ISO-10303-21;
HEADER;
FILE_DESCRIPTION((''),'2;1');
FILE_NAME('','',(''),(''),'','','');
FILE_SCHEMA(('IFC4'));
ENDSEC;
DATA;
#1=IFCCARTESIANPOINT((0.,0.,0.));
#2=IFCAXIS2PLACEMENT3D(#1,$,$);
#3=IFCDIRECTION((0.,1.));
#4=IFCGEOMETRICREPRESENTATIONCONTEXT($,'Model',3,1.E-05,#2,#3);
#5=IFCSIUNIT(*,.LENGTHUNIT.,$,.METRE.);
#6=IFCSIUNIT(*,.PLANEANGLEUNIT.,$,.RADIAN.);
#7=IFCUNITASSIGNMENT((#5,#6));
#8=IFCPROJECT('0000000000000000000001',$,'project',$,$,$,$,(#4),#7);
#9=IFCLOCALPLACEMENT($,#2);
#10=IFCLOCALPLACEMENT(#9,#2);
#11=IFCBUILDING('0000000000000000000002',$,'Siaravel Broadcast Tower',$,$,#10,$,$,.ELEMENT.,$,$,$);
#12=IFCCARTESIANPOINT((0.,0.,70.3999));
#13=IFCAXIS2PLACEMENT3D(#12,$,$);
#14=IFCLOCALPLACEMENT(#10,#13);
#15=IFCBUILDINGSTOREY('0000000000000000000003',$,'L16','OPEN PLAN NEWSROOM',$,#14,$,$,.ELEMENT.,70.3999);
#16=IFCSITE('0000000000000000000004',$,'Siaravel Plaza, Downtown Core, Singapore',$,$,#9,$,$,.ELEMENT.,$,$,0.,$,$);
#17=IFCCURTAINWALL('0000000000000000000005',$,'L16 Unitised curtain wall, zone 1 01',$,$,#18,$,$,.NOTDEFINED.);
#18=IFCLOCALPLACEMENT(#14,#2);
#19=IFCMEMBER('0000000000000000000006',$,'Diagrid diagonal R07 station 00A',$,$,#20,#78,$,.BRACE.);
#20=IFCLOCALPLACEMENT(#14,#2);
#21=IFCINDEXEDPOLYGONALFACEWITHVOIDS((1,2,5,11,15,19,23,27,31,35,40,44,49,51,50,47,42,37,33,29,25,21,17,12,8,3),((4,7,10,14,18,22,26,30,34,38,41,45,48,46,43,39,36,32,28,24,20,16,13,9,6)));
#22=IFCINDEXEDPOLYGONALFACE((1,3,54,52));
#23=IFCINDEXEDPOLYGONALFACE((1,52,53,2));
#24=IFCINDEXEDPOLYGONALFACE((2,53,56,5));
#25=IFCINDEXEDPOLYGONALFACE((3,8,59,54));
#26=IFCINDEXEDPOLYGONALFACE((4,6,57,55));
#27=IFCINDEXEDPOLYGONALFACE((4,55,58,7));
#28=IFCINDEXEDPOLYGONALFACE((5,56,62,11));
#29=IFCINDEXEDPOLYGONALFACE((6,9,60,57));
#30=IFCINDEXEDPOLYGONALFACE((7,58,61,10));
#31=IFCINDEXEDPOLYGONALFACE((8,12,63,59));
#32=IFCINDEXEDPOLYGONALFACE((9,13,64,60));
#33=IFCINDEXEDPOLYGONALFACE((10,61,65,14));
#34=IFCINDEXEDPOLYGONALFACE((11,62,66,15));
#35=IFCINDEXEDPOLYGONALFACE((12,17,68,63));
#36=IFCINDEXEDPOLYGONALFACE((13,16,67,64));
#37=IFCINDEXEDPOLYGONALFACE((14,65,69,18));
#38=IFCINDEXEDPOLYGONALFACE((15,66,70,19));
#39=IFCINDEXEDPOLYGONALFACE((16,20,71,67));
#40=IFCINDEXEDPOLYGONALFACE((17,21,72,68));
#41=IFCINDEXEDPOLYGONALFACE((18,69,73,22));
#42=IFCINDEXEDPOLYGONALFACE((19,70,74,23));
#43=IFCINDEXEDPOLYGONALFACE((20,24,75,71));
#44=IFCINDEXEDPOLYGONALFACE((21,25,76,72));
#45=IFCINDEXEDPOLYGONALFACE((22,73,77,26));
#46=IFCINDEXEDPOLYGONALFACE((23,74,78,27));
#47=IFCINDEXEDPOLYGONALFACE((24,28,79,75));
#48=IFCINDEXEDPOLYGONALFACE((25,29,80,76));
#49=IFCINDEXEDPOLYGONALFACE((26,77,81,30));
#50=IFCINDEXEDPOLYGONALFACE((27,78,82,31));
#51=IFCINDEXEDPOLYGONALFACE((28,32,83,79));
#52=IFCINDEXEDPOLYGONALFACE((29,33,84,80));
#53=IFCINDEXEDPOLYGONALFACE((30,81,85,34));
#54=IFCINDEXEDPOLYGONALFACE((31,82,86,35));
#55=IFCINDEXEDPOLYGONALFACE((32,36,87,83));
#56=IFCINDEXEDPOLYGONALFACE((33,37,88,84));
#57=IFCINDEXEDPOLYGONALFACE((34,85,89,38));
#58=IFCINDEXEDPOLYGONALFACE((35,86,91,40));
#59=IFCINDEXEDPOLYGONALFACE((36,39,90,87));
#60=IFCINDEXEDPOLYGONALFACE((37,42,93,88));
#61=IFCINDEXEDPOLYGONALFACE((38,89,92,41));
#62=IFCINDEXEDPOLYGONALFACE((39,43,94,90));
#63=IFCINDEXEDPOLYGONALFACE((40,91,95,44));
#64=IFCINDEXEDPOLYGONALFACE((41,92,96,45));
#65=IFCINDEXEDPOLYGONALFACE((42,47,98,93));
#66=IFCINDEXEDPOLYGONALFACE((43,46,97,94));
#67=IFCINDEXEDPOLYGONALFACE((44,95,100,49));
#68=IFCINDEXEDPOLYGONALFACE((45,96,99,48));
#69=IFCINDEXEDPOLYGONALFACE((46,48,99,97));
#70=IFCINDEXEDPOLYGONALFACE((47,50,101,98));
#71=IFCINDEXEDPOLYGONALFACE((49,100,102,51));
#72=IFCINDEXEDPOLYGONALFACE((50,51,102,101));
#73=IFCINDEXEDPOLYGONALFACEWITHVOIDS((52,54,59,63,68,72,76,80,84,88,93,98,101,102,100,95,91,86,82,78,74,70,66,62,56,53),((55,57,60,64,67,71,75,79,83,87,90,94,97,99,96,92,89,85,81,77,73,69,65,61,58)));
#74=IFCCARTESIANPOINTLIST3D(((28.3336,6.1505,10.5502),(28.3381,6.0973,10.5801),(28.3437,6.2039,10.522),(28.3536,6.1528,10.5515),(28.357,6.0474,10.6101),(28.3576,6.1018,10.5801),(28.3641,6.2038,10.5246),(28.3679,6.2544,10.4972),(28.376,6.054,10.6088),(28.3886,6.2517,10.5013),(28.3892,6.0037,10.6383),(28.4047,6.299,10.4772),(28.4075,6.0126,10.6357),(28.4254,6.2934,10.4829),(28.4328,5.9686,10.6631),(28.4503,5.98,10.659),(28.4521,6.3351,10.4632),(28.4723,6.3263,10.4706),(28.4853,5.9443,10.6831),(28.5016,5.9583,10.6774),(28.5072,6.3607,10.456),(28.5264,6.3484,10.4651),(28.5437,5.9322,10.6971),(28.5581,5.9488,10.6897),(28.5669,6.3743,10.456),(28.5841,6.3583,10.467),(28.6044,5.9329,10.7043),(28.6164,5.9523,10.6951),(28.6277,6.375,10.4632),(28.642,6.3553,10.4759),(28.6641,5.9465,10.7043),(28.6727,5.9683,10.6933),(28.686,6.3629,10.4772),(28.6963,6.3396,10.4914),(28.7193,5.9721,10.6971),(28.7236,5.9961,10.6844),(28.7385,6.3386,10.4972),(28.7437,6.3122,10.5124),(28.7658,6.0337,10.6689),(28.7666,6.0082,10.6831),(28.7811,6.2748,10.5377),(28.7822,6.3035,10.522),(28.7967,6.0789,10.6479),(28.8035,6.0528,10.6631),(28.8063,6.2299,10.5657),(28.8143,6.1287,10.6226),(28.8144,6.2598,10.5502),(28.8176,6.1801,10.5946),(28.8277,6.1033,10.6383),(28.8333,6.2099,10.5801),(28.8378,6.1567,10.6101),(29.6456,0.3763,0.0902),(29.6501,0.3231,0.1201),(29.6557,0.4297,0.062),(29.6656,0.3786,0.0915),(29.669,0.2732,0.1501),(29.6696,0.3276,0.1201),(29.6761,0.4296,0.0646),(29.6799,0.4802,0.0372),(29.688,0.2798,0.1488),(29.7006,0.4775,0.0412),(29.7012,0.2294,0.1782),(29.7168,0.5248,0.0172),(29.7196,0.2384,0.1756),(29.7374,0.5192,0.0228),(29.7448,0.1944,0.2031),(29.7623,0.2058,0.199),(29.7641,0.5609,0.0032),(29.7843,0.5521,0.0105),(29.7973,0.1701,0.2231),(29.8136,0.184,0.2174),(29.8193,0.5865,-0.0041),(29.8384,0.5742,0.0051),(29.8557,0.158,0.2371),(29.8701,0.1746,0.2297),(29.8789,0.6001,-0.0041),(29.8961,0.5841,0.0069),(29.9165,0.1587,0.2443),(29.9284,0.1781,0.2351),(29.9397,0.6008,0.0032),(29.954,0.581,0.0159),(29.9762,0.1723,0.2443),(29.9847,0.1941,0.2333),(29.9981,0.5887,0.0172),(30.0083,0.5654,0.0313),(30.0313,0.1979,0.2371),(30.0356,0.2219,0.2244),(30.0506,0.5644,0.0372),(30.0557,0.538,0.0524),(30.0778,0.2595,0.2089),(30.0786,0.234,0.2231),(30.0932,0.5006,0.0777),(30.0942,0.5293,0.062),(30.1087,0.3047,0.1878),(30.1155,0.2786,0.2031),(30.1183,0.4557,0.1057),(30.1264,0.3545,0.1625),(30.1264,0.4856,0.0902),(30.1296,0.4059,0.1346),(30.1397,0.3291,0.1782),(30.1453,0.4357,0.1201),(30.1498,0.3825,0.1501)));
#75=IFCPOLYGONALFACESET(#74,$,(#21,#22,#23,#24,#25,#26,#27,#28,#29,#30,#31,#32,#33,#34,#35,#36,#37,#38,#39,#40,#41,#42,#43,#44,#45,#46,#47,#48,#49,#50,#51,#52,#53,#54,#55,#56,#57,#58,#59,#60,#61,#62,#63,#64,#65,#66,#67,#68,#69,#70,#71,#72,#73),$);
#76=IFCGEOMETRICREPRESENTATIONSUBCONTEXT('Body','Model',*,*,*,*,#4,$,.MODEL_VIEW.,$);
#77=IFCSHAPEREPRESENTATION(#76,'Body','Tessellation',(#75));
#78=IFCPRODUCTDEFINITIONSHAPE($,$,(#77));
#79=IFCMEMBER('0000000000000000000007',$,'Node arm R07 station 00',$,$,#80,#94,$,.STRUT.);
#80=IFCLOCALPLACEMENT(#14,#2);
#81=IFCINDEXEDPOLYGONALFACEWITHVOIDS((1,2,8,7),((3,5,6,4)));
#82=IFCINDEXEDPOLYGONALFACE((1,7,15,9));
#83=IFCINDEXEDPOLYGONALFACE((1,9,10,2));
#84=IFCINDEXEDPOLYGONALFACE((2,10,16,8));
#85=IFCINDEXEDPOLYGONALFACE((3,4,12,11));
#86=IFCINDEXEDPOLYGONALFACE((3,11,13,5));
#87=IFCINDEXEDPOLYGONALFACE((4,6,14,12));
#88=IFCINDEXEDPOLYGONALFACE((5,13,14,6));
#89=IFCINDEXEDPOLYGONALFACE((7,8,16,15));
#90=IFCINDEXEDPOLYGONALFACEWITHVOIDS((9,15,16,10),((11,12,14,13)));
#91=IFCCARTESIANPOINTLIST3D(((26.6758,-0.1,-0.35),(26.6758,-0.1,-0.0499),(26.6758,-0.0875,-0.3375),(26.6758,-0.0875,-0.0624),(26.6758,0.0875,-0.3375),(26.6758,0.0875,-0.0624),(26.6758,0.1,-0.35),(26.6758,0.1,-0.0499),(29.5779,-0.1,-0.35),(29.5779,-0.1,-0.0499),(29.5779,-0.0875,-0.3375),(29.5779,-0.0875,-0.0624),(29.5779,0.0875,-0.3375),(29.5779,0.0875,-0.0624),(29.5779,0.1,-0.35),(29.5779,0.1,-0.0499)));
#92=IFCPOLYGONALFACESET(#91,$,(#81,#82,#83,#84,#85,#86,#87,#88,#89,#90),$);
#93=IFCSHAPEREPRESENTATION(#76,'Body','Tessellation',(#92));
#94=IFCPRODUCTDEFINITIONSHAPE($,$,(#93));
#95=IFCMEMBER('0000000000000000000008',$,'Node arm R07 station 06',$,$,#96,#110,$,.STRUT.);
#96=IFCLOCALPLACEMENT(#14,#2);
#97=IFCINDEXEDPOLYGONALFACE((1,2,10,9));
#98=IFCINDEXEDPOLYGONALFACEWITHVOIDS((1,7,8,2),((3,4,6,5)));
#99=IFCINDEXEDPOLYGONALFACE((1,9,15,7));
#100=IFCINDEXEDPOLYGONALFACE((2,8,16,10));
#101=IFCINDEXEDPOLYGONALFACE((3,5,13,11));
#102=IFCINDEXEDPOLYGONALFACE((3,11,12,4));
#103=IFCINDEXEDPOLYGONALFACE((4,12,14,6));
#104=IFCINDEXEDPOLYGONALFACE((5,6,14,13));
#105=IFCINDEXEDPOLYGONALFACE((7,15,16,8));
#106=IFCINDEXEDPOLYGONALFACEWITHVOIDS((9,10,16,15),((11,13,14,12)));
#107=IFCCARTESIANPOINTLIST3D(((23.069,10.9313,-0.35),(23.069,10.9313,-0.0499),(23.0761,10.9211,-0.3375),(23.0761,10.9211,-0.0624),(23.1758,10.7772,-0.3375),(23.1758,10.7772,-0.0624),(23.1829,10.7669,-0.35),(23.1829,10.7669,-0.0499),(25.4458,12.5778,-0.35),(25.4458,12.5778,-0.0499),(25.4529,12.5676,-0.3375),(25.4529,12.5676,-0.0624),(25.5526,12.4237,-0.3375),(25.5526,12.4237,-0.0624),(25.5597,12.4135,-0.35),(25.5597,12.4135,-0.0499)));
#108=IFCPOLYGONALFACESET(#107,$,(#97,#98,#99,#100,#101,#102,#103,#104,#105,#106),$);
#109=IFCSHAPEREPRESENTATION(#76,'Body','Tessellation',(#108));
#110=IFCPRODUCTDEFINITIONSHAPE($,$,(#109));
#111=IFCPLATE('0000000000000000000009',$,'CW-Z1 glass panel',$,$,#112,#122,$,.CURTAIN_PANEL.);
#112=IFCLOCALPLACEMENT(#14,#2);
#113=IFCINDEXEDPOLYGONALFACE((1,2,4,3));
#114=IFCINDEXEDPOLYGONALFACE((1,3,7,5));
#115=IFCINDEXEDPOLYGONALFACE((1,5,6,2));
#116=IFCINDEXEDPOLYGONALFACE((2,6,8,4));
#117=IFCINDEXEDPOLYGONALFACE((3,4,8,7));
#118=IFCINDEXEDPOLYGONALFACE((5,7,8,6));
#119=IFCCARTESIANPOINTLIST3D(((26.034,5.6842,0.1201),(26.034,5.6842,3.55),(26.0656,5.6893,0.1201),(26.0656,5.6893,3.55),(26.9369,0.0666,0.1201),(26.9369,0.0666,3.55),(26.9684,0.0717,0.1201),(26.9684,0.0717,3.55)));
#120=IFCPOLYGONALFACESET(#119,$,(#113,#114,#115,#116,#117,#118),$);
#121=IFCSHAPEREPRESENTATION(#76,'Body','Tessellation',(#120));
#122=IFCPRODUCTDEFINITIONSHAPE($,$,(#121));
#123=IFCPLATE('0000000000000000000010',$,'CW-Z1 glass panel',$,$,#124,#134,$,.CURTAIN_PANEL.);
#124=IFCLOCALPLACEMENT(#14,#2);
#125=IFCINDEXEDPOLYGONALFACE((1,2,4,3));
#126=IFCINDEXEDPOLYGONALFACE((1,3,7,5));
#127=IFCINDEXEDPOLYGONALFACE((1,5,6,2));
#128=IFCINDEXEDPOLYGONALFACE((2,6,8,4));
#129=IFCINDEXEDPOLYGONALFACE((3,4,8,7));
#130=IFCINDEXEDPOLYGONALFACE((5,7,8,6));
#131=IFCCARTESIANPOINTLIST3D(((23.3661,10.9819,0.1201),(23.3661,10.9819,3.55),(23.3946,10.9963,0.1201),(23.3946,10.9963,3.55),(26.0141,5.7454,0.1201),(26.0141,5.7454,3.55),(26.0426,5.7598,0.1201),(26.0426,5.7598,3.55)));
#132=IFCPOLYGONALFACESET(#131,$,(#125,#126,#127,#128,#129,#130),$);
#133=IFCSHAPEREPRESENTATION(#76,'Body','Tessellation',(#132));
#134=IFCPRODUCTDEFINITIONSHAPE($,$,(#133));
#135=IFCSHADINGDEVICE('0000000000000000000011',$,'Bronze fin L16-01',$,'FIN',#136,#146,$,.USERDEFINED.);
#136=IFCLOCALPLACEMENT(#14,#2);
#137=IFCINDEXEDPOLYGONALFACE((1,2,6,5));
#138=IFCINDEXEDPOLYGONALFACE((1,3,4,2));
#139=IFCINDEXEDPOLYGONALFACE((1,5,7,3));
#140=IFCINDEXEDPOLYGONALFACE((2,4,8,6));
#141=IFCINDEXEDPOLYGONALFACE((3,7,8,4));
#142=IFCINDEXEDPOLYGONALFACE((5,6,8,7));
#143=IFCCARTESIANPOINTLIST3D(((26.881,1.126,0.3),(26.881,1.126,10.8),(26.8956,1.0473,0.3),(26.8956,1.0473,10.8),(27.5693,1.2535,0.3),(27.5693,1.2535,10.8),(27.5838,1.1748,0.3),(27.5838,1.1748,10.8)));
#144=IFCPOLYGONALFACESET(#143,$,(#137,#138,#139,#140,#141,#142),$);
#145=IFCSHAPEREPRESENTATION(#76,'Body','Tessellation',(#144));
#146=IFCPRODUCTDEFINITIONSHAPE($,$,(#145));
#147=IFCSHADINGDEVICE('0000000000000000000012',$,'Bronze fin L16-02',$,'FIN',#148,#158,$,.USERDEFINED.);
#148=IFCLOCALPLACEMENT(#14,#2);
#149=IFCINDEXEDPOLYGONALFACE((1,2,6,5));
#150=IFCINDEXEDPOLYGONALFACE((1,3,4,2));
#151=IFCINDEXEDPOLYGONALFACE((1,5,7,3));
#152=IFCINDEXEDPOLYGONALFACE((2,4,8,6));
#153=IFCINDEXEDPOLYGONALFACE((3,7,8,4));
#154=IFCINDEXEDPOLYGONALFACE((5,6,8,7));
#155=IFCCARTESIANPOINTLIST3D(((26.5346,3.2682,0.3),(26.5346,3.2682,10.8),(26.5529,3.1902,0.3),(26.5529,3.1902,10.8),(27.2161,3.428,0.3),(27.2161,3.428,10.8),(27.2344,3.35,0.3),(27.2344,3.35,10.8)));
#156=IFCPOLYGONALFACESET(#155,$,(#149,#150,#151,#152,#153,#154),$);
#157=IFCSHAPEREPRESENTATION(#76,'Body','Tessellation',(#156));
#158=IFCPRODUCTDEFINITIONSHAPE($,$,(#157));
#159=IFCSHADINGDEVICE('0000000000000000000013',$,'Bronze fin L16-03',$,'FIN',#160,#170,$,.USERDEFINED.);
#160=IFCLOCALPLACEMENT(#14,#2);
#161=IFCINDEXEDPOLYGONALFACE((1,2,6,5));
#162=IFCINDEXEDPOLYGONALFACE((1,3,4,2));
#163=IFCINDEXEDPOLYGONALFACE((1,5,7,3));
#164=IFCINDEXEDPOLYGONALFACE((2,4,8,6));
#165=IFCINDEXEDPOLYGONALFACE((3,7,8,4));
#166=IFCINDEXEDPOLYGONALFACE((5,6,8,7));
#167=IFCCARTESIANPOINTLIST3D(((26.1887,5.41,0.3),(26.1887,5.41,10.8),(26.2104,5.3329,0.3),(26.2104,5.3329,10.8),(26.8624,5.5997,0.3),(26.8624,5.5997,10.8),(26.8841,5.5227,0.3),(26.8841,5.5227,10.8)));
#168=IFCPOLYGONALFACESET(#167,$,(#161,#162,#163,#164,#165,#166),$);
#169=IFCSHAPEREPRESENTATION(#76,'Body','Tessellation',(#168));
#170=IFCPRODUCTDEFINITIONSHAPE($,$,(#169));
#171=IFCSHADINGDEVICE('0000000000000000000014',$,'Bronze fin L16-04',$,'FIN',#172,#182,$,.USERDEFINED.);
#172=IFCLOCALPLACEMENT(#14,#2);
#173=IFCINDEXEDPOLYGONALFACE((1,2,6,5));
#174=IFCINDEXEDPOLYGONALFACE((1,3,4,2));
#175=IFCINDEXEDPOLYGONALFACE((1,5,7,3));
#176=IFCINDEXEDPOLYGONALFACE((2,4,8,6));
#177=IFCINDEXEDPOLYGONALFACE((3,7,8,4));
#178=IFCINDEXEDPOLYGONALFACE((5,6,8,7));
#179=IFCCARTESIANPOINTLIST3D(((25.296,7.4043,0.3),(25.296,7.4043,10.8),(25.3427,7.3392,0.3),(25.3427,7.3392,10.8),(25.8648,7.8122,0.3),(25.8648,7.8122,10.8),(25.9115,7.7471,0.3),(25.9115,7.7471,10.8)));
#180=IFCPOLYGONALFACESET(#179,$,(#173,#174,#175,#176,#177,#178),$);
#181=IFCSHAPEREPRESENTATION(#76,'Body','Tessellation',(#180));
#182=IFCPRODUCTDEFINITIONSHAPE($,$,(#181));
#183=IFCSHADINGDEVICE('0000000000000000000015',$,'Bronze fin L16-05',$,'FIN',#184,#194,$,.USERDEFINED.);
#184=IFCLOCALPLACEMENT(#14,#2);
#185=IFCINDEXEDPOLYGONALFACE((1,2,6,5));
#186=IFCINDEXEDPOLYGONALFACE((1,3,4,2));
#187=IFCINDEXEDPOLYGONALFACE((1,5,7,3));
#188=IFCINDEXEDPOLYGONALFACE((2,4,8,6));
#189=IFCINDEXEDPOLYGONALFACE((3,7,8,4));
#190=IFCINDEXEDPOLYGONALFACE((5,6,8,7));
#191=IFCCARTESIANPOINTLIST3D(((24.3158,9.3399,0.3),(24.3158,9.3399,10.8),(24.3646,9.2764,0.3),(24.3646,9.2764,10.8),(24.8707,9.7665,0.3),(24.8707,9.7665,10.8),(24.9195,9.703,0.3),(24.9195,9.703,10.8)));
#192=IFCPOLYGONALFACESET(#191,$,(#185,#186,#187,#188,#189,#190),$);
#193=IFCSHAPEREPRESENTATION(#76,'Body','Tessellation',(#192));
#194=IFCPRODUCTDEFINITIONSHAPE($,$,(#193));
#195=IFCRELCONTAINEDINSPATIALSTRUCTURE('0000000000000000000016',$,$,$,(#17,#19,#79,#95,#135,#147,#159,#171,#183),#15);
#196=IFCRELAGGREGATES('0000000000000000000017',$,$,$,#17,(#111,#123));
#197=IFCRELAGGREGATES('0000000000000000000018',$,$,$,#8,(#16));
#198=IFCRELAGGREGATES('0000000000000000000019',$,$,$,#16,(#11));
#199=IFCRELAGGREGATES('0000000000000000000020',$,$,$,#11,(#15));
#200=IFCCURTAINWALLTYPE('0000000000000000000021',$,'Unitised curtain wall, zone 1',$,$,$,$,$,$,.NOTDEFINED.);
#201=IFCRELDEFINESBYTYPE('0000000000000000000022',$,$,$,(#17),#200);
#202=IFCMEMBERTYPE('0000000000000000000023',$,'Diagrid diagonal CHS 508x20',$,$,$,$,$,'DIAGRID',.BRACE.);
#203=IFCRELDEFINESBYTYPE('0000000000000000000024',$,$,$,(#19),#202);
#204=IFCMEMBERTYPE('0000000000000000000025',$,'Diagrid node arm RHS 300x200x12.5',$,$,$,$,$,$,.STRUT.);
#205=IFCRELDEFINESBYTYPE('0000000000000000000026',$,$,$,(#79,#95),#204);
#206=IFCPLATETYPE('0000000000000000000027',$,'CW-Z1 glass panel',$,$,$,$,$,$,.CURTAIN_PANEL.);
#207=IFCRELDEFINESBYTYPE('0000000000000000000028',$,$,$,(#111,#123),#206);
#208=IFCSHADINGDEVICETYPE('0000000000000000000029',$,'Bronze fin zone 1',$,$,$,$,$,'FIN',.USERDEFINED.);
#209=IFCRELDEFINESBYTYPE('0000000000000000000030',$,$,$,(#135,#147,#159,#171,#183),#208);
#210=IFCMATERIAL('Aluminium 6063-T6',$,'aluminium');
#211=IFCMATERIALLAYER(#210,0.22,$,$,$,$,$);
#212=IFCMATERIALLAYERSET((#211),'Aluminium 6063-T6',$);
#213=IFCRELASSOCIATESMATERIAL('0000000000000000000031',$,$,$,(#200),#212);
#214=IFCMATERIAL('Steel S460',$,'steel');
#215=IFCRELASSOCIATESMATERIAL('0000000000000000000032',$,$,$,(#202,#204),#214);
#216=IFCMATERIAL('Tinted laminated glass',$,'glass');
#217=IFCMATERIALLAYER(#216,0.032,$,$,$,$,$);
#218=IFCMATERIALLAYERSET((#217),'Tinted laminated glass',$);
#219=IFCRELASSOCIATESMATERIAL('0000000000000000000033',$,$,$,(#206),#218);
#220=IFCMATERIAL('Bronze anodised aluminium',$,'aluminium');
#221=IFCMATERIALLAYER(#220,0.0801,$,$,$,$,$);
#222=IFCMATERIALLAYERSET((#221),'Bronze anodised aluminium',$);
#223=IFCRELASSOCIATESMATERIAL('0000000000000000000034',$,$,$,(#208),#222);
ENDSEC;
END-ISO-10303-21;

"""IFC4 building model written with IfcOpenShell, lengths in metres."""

from ifc_helpers import new_model, si_unit, direction, frame, origin, origin_2d, place, context, subcontext, project, spatial, rectangle, hollow_rectangle, hollow_circle, extrude, material, layer, layer_set, material_profile, profile_set, type_object, element, aggregate, save


model = new_model("IFC4")

# Units and contexts
model_context = context("Model", 3, precision=1e-05, world=origin(), true_north=direction((0.0, 1.0)))
body_context = subcontext(model_context, "Body", "Model", "MODEL_VIEW")
ifc_project = project(units=[si_unit("LENGTHUNIT", "METRE"), si_unit("PLANEANGLEUNIT", "RADIAN")], contexts=[model_context])

# Site, building, storey
site_placement = place(None, origin())
site = spatial("IfcSite", under=ifc_project, at=site_placement, Name="Siaravel Plaza, Downtown Core, Singapore", CompositionType="ELEMENT", RefElevation=0.0)
building_placement = place(site_placement, origin())
building = spatial("IfcBuilding", under=site, at=building_placement, Name="Siaravel Broadcast Tower", CompositionType="ELEMENT")
storey_placement = place(building_placement, frame((0.0, 0.0, 70.3999)))
storey = spatial("IfcBuildingStorey", under=building, at=storey_placement, Name="L16", Description="OPEN PLAN NEWSROOM", CompositionType="ELEMENT", Elevation=70.3999)

# Curtain wall
ifc_material_1 = material(Name="Aluminium 6063-T6", Category="aluminium")
ifc_layer_1 = layer(ifc_material_1, 0.22)
ifc_layer_set_1 = layer_set([ifc_layer_1], Name="Aluminium 6063-T6")
curtain_wall_type = type_object("IfcCurtainWallType", Name="Unitised curtain wall, zone 1", PredefinedType="NOTDEFINED", material=ifc_layer_set_1)
curtain_wall_placement = place(storey_placement, origin())
curtain_wall = element("IfcCurtainWall", 1, at=curtain_wall_placement, inside=storey, type_object=curtain_wall_type, Name="L16 Unitised curtain wall, zone 1 01", PredefinedType="NOTDEFINED")

# Members
ifc_material_2 = material(Name="Steel S460", Category="steel")
ifc_material_profile_1 = material_profile(ifc_material_2, hollow_circle(Radius=0.2539, WallThickness=0.02, at=origin_2d()))
ifc_profile_set_1 = profile_set([ifc_material_profile_1], Name="Steel S460")
member_type_1 = type_object("IfcMemberType", Name="Diagrid diagonal CHS 508x20", ElementType="DIAGRID", PredefinedType="BRACE", material=ifc_profile_set_1)
member_1_placement = place(storey_placement, frame((29.8977, 0.3794, 0.1201), z_axis=(-0.109155, 0.480392, 0.870235), x_axis=(-0.975144, -0.221573, 0.0)))
element("IfcMember", 2, at=member_1_placement, inside=storey, type_object=member_type_1, Name="Diagrid diagonal R07 station 00A", PredefinedType="BRACE", context=body_context, shape_type="SweptSolid", body=[
    extrude(hollow_circle(Radius=0.2539, WallThickness=0.02, at=origin_2d()), origin(), (0.0, 0.0, 1.0), 12.0198),
])
ifc_material_profile_2 = material_profile(ifc_material_2, hollow_rectangle(XDim=0.2, YDim=0.3, WallThickness=0.0125, at=origin_2d()))
ifc_profile_set_2 = profile_set([ifc_material_profile_2], Name="Steel S460")
member_type_2 = type_object("IfcMemberType", Name="Diagrid node arm RHS 300x200x12.5", PredefinedType="STRUT", material=ifc_profile_set_2)
member_2_placement = place(storey_placement, frame((26.6758, 0.0, -0.2), z_axis=(1.0, 0.0, 0.0), x_axis=(0.0, 1.0, 0.0)))
element("IfcMember", 3, at=member_2_placement, inside=storey, type_object=member_type_2, Name="Node arm R07 station 00", PredefinedType="STRUT", context=body_context, shape_type="SweptSolid", body=[
    extrude(hollow_rectangle(XDim=0.2, YDim=0.3, WallThickness=0.0125, at=origin_2d()), origin(), (0.0, 0.0, 1.0), 2.9021),
])
member_3_placement = place(storey_placement, frame((23.126, 10.8491, -0.2), z_axis=(0.822019, 0.56946, 0.0), x_axis=(-0.56946, 0.822019, 0.0)))
element("IfcMember", 4, at=member_3_placement, inside=storey, type_object=member_type_2, Name="Node arm R07 station 06", PredefinedType="STRUT", context=body_context, shape_type="SweptSolid", body=[
    extrude(hollow_rectangle(XDim=0.2, YDim=0.3, WallThickness=0.0125, at=origin_2d()), origin(), (0.0, 0.0, 1.0), 2.8914),
])

# Plates
ifc_material_3 = material(Name="Tinted laminated glass", Category="glass")
ifc_layer_2 = layer(ifc_material_3, 0.032)
ifc_layer_set_2 = layer_set([ifc_layer_2], Name="Tinted laminated glass")
plate_type = type_object("IfcPlateType", Name="CW-Z1 glass panel", PredefinedType="CURTAIN_PANEL", material=ifc_layer_set_2)
plate_1_placement = place(storey_placement, frame((26.5012, 2.8779, 0.1201), z_axis=(0.0, 0.0, 1.0), x_axis=(-0.158685, 0.987329, 0.0)))
plate_1 = element("IfcPlate", 5, at=plate_1_placement, type_object=plate_type, Name="CW-Z1 glass panel", PredefinedType="CURTAIN_PANEL", context=body_context, shape_type="SweptSolid", body=[
    extrude(rectangle(XDim=5.6897, YDim=0.032, at=origin_2d()), origin(), (0.0, 0.0, 1.0), 3.4299),
])
plate_2_placement = place(storey_placement, frame((24.7043, 8.3708, 0.1201), z_axis=(0.0, 0.0, 1.0), x_axis=(-0.451261, 0.892392, 0.0)))
plate_2 = element("IfcPlate", 6, at=plate_2_placement, type_object=plate_type, Name="CW-Z1 glass panel", PredefinedType="CURTAIN_PANEL", context=body_context, shape_type="SweptSolid", body=[
    extrude(rectangle(XDim=5.8679, YDim=0.032, at=origin_2d()), origin(), (0.0, 0.0, 1.0), 3.4299),
])
aggregate(curtain_wall, [plate_1, plate_2])

# Shading devices
ifc_material_4 = material(Name="Bronze anodised aluminium", Category="aluminium")
ifc_layer_3 = layer(ifc_material_4, 0.0801)
ifc_layer_set_3 = layer_set([ifc_layer_3], Name="Bronze anodised aluminium")
shading_device_type = type_object("IfcShadingDeviceType", Name="Bronze fin zone 1", ElementType="FIN", PredefinedType="USERDEFINED", material=ifc_layer_set_3)
for number, where, z_axis, x_axis, name in (
    (7, (27.2324, 1.1504, 0.3), (0.0, 0.0, 1.0), (0.983274, 0.182134, 0.0), "Bronze fin L16-01"),
    (8, (26.8845, 3.3091, 0.3), (0.0, 0.0, 1.0), (0.9736, 0.228263, 0.0), "Bronze fin L16-02"),
    (9, (26.5364, 5.4663, 0.3), (0.0, 0.0, 1.0), (0.962548, 0.271113, 0.0), "Bronze fin L16-03"),
    (10, (25.6038, 7.5757, 0.3), (0.0, 0.0, 1.0), (0.812662, 0.582736, 0.0), "Bronze fin L16-04"),
    (11, (24.6177, 9.5215, 0.3), (0.0, 0.0, 1.0), (0.792827, 0.609447, 0.0), "Bronze fin L16-05"),
):
    element("IfcShadingDevice", number, at=place(storey_placement, frame(where, z_axis=z_axis, x_axis=x_axis)), inside=storey, type_object=shading_device_type, Name=name, ObjectType="FIN", PredefinedType="USERDEFINED", context=body_context, shape_type="SweptSolid", body=[
        extrude(rectangle(XDim=0.7, YDim=0.0801, at=origin_2d()), origin(), (0.0, 0.0, 1.0), 10.5),
    ])

save(model, "model.ifc")
